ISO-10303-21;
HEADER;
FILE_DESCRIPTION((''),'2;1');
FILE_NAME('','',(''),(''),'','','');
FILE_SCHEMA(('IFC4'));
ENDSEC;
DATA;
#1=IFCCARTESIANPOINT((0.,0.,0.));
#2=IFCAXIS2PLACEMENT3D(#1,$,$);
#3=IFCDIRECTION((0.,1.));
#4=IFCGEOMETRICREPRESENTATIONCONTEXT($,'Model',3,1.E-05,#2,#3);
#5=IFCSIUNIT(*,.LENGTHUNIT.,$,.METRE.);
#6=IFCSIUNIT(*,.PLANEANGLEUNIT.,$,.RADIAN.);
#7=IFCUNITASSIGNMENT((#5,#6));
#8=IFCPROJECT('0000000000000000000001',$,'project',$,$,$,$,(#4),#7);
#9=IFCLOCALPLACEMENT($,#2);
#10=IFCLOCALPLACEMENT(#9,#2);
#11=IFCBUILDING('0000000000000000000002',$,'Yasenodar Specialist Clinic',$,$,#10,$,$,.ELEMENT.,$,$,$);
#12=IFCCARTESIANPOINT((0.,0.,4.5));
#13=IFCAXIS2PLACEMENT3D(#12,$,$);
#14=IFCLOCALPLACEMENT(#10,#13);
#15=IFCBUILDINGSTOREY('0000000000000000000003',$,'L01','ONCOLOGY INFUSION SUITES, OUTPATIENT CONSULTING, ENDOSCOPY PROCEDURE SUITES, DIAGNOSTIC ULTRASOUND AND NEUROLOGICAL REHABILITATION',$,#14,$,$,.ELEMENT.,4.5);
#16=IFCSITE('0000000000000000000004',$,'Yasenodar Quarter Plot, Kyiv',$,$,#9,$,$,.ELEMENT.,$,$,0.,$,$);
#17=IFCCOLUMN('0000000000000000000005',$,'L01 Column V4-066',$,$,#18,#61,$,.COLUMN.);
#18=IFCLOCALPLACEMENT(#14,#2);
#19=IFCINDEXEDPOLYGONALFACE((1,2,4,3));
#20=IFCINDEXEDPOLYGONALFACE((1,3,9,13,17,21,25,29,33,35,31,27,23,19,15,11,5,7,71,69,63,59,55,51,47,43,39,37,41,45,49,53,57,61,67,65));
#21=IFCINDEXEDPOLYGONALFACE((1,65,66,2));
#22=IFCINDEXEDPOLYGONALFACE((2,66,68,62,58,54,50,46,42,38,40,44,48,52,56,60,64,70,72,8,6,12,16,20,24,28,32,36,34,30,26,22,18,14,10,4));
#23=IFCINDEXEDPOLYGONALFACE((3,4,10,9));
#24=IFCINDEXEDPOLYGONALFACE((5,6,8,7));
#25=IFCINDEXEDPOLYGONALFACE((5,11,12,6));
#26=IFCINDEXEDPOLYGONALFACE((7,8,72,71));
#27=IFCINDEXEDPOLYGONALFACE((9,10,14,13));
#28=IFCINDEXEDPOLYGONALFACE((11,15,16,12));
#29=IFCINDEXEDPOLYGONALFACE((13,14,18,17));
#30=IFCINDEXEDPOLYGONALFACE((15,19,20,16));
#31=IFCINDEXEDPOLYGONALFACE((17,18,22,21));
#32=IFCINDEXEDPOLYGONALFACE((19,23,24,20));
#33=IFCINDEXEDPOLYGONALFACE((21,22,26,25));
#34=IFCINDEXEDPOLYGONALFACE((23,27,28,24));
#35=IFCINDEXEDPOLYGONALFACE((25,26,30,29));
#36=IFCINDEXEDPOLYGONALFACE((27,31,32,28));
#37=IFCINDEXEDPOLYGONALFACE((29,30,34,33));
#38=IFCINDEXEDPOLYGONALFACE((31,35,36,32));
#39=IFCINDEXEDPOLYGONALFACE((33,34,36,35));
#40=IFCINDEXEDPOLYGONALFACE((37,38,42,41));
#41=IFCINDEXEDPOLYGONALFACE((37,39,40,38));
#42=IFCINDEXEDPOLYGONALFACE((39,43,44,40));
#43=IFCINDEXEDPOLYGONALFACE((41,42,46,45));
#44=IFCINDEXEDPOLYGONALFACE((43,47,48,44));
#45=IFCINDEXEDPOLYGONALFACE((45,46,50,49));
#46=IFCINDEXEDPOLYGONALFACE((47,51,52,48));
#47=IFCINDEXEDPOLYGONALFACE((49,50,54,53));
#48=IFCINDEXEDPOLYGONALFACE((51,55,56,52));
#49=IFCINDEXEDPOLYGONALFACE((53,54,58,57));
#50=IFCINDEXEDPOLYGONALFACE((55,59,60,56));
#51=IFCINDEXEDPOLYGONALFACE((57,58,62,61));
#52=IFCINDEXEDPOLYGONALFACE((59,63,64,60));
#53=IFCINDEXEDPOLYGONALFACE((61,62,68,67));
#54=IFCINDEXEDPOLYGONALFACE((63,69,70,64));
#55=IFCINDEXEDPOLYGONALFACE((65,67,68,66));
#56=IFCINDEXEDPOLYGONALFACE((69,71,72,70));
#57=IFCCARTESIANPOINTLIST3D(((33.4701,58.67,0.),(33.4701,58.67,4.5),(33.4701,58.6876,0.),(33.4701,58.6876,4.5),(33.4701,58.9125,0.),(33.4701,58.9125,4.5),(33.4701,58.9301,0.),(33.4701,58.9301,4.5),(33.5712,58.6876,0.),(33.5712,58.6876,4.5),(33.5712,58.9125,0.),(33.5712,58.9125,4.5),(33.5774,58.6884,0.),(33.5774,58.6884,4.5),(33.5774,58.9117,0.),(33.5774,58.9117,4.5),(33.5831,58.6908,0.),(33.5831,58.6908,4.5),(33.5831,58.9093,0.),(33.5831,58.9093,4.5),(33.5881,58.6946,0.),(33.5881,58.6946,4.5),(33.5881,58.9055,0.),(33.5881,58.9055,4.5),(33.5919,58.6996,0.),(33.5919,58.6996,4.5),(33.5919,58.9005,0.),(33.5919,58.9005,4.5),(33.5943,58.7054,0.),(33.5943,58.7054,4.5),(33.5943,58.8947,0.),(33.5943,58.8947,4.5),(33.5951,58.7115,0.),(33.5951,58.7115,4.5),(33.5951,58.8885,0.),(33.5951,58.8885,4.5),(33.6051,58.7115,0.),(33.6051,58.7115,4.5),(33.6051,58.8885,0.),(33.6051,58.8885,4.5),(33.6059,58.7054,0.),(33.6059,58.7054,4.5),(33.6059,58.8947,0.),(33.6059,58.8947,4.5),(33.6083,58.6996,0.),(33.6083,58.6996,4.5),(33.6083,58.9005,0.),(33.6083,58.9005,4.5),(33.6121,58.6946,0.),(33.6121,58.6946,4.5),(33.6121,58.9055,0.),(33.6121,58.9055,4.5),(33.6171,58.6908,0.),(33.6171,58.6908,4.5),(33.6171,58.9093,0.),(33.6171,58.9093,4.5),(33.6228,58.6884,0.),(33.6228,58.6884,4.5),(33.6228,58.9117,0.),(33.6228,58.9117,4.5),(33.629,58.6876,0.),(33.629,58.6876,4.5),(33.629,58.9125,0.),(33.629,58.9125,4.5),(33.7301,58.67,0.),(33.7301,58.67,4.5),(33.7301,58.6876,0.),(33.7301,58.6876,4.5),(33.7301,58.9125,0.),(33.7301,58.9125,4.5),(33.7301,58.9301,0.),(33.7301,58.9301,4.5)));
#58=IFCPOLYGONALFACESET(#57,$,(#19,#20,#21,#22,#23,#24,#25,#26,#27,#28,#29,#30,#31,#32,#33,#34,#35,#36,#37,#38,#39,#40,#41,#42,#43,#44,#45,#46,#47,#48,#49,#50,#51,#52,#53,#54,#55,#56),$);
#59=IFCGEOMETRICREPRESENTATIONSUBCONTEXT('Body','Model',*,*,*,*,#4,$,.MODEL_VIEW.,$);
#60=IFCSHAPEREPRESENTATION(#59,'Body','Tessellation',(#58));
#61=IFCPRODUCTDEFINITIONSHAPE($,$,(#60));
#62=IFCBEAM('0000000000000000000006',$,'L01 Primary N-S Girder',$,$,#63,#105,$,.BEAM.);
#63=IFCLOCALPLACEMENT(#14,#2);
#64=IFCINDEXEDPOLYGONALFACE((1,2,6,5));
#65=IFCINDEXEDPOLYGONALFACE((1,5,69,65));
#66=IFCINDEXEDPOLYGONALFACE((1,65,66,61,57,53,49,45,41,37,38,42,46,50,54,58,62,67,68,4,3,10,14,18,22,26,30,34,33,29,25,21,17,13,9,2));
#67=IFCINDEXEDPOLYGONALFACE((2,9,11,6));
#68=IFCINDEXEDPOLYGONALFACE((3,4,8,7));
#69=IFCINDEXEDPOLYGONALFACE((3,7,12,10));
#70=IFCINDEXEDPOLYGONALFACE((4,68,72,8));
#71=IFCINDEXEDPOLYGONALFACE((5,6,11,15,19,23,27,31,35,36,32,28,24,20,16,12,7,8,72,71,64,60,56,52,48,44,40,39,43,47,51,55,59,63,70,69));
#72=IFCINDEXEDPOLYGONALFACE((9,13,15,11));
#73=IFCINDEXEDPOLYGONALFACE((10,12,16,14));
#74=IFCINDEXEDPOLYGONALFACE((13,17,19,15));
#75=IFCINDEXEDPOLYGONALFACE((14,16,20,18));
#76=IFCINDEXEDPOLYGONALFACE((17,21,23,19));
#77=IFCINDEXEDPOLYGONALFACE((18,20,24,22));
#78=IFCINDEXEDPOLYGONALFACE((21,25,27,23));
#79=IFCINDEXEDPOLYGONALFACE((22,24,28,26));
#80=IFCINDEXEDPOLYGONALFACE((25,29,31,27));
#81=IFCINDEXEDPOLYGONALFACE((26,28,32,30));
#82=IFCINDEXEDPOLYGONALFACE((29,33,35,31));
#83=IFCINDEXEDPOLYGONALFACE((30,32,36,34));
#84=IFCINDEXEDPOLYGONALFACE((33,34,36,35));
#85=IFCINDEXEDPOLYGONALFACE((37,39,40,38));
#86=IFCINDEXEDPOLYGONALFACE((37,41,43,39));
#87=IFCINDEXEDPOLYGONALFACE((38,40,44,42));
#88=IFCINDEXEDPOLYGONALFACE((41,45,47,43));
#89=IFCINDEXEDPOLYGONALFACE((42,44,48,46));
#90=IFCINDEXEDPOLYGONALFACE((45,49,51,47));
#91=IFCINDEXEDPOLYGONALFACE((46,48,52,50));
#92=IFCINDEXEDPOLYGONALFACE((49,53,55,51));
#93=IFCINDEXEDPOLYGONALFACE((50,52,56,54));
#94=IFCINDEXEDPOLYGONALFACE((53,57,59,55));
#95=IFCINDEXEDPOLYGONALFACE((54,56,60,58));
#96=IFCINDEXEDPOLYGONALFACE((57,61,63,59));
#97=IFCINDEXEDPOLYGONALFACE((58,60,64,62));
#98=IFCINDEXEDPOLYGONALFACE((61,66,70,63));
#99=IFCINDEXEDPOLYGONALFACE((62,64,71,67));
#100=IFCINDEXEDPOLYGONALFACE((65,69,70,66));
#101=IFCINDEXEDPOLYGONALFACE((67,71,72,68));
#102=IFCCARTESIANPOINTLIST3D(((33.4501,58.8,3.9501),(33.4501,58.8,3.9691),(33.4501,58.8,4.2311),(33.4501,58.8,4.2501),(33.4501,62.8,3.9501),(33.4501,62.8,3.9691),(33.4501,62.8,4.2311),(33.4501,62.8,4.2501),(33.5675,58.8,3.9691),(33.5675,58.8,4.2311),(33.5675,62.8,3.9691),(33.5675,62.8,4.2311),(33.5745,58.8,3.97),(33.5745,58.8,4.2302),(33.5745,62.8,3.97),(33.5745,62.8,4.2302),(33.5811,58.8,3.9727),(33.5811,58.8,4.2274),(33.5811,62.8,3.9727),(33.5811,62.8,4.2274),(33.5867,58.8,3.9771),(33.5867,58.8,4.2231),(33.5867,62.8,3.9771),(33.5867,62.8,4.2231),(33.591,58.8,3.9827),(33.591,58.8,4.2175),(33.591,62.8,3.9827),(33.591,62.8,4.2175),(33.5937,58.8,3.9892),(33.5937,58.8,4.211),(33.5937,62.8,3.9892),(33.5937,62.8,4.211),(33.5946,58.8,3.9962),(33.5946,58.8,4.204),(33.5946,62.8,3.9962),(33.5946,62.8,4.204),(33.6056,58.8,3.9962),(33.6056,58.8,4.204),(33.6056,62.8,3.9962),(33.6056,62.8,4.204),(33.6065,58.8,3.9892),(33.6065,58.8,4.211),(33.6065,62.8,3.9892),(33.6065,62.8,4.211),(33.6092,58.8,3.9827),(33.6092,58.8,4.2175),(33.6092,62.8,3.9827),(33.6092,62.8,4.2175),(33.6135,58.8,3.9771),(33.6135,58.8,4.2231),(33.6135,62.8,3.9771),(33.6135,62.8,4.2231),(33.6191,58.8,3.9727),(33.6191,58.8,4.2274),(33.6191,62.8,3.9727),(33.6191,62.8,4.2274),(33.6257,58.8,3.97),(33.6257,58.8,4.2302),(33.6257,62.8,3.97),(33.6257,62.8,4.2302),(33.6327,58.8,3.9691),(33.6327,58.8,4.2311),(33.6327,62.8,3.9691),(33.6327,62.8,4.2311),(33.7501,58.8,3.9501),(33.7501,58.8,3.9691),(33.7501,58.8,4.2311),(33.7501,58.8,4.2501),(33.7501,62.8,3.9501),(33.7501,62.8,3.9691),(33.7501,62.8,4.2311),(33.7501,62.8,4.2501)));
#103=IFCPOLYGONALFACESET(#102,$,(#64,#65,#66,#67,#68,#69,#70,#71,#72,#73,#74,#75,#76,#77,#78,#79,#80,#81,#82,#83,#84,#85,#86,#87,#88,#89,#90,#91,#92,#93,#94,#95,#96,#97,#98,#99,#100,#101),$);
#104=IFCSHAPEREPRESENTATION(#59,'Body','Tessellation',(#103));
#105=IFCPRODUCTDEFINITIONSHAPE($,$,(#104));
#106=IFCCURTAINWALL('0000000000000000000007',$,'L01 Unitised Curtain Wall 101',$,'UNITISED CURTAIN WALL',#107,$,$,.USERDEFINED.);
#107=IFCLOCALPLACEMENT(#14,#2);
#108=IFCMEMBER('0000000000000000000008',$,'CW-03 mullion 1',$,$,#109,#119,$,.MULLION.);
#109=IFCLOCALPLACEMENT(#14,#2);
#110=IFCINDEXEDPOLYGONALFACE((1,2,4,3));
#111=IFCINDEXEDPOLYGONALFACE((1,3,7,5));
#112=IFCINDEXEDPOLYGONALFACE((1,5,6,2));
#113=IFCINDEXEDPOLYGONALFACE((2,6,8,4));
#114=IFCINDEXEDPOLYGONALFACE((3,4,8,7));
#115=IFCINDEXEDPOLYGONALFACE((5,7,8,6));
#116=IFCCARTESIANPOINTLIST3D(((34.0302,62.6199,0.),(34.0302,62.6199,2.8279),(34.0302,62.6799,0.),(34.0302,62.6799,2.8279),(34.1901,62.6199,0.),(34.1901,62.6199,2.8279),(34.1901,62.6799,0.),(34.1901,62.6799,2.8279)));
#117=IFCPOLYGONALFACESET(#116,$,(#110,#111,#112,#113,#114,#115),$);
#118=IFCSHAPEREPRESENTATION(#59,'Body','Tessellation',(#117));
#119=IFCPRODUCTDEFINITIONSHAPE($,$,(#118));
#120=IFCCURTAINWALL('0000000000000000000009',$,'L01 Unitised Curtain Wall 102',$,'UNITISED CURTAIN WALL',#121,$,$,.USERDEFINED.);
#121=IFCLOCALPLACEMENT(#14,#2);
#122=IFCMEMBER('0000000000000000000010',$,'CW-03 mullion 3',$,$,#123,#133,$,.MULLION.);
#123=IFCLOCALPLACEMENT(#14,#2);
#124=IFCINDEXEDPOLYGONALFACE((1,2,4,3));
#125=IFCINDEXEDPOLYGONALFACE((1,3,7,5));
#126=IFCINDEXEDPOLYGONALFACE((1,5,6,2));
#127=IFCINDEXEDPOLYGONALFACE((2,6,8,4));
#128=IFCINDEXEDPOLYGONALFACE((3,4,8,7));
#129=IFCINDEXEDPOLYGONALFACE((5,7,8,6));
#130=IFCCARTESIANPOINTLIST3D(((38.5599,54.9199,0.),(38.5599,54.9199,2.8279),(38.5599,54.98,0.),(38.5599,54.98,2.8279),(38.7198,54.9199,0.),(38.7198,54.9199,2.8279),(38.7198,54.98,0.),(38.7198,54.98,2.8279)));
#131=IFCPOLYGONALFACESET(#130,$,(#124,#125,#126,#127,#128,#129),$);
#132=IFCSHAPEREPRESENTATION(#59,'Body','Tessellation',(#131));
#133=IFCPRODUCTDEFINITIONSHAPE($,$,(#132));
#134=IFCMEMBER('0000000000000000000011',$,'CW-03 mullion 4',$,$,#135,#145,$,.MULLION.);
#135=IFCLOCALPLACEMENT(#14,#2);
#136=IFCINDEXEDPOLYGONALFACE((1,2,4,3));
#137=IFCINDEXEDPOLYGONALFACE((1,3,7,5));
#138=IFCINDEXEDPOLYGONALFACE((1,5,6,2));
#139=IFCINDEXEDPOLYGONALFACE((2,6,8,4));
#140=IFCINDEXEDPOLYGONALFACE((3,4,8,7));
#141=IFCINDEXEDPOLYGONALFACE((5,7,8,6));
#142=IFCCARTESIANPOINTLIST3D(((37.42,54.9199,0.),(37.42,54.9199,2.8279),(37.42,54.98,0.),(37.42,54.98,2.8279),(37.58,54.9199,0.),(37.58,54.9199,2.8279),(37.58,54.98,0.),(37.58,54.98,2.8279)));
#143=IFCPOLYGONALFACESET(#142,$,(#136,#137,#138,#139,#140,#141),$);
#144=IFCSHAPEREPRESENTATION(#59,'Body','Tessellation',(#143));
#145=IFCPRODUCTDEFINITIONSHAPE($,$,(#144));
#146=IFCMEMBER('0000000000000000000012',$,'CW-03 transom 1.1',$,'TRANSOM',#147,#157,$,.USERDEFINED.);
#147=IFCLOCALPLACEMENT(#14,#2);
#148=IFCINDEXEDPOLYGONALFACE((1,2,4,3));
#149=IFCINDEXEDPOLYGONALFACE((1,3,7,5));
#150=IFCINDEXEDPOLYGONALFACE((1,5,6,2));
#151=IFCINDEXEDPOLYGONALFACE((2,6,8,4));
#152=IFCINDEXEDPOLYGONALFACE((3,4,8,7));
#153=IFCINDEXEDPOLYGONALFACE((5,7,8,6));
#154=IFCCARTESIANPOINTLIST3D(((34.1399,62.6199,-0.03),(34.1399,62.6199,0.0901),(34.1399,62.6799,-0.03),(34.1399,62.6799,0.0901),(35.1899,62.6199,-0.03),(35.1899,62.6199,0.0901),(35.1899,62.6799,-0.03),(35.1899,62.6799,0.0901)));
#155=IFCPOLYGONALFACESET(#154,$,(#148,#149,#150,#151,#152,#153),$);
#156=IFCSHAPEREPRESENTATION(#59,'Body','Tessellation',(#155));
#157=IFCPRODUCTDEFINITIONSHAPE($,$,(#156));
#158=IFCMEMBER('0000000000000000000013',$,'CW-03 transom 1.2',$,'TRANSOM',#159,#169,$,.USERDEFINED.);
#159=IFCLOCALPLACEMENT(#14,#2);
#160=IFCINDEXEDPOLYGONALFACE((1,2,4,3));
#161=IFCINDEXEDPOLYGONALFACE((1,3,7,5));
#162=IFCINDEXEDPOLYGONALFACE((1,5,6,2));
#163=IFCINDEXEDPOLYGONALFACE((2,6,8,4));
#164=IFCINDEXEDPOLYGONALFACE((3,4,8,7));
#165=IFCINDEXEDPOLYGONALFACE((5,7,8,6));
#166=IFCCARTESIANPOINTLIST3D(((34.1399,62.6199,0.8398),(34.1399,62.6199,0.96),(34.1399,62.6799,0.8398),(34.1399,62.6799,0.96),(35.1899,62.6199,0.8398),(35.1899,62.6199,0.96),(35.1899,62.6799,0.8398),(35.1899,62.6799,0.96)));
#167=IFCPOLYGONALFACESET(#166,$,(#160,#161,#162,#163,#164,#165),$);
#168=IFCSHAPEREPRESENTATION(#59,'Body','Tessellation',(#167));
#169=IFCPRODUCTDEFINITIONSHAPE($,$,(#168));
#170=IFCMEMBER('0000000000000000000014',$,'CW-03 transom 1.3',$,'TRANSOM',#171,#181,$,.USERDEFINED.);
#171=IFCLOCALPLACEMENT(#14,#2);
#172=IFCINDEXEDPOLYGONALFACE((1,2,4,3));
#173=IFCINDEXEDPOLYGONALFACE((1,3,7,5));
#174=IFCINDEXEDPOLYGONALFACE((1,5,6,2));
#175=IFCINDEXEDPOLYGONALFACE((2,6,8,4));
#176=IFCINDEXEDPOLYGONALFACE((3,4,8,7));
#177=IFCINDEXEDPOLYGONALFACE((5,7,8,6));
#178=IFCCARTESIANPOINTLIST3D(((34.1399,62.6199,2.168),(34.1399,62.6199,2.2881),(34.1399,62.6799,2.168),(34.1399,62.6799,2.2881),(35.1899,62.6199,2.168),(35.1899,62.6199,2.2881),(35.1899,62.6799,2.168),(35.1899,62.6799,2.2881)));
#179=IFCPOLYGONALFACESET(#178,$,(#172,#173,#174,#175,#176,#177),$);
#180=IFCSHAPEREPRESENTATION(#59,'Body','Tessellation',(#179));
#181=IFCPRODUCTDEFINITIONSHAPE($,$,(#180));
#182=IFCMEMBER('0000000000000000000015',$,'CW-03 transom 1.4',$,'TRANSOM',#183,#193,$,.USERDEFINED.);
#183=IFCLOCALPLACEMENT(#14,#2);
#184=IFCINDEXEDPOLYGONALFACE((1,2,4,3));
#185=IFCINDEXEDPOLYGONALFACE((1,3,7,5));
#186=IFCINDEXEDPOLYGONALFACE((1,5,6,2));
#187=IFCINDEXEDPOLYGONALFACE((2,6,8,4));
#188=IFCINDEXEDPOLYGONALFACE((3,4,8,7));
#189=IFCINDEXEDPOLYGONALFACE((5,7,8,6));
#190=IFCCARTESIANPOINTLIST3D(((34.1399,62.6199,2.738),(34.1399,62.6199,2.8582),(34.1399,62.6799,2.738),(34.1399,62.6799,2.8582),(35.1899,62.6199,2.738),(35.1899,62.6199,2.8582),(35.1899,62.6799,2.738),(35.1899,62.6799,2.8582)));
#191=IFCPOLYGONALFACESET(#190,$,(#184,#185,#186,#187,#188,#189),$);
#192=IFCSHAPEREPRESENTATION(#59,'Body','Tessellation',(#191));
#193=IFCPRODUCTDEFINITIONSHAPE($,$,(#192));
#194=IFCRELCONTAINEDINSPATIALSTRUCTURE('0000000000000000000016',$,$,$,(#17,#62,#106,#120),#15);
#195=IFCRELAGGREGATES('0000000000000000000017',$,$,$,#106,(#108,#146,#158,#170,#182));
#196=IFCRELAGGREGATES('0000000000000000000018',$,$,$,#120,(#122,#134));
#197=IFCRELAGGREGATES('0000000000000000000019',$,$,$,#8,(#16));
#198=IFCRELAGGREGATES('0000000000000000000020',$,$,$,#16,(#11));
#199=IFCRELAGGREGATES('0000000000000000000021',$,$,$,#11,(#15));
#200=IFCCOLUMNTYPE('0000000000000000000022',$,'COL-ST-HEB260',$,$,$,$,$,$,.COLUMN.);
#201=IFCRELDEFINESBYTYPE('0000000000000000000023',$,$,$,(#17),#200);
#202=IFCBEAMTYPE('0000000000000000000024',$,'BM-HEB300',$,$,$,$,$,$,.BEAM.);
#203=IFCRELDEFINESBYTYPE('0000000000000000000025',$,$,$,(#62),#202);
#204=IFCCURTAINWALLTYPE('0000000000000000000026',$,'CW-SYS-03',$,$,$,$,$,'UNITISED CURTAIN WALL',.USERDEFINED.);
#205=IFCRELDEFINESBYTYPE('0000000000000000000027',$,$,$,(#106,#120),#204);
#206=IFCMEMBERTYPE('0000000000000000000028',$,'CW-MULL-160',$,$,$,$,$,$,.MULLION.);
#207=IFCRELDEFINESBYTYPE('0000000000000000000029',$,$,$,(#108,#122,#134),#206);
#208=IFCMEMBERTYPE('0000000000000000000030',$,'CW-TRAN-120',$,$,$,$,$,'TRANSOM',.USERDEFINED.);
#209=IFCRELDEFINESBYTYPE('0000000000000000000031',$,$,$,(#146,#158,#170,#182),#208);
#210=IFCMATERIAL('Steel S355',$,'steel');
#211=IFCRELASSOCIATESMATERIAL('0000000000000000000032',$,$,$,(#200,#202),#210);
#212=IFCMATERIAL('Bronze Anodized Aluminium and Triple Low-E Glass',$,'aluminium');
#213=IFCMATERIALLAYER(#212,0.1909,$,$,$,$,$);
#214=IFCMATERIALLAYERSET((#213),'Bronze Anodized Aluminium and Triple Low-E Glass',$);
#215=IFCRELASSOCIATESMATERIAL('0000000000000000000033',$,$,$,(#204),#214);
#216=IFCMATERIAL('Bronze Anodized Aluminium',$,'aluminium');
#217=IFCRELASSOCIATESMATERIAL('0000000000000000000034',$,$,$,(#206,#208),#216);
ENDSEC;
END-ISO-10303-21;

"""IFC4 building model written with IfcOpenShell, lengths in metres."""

from ifc_helpers import new_model, si_unit, direction, frame, origin, origin_2d, place, context, subcontext, project, spatial, rectangle, i_section, extrude, material, layer, layer_set, material_profile, profile_set, type_object, element, aggregate, save


model = new_model("IFC4")

# Units and contexts
model_context = context("Model", 3, precision=1e-05, world=origin(), true_north=direction((0.0, 1.0)))
body_context = subcontext(model_context, "Body", "Model", "MODEL_VIEW")
ifc_project = project(units=[si_unit("LENGTHUNIT", "METRE"), si_unit("PLANEANGLEUNIT", "RADIAN")], contexts=[model_context])

# Site, building, storey
site_placement = place(None, origin())
site = spatial("IfcSite", under=ifc_project, at=site_placement, Name="Yasenodar Quarter Plot, Kyiv", CompositionType="ELEMENT", RefElevation=0.0)
building_placement = place(site_placement, origin())
building = spatial("IfcBuilding", under=site, at=building_placement, Name="Yasenodar Specialist Clinic", CompositionType="ELEMENT")
storey_placement = place(building_placement, frame((0.0, 0.0, 4.5)))
storey = spatial("IfcBuildingStorey", under=building, at=storey_placement, Name="L01", Description="ONCOLOGY INFUSION SUITES, OUTPATIENT CONSULTING, ENDOSCOPY PROCEDURE SUITES, DIAGNOSTIC ULTRASOUND AND NEUROLOGICAL REHABILITATION", CompositionType="ELEMENT", Elevation=4.5)

# Column
ifc_material_1 = material(Name="Steel S355", Category="steel")
ifc_material_profile_1 = material_profile(ifc_material_1, i_section(OverallWidth=0.26, OverallDepth=0.26, WebThickness=0.01, FlangeThickness=0.0176, FilletRadius=0.0239, at=origin_2d()), Name="HEB 260")
ifc_profile_set_1 = profile_set([ifc_material_profile_1], Name="Steel S355")
column_type = type_object("IfcColumnType", Name="COL-ST-HEB260", PredefinedType="COLUMN", material=ifc_profile_set_1)
column_placement = place(storey_placement, frame((33.6001, 58.8, 0.0), z_axis=(0.0, 0.0, 1.0), x_axis=(1.0, 0.0, 0.0)))
element("IfcColumn", 1, at=column_placement, inside=storey, type_object=column_type, Name="L01 Column V4-066", PredefinedType="COLUMN", context=body_context, shape_type="SweptSolid", body=[
    extrude(i_section(OverallWidth=0.26, OverallDepth=0.26, WebThickness=0.01, FlangeThickness=0.0176, FilletRadius=0.0239, at=origin_2d()), origin(), (0.0, 0.0, 1.0), 4.5),
])

# Beam
ifc_material_profile_2 = material_profile(ifc_material_1, i_section(OverallWidth=0.3, OverallDepth=0.3, WebThickness=0.011, FlangeThickness=0.019, FilletRadius=0.0271, at=origin_2d()), Name="HEB 300")
ifc_profile_set_2 = profile_set([ifc_material_profile_2], Name="Steel S355")
beam_type = type_object("IfcBeamType", Name="BM-HEB300", PredefinedType="BEAM", material=ifc_profile_set_2)
beam_placement = place(storey_placement, frame((33.6001, 58.8, 4.1001), z_axis=(0.0, 1.0, 0.0), x_axis=(-1.0, 0.0, 0.0)))
element("IfcBeam", 2, at=beam_placement, inside=storey, type_object=beam_type, Name="L01 Primary N-S Girder", PredefinedType="BEAM", context=body_context, shape_type="SweptSolid", body=[
    extrude(i_section(OverallWidth=0.3, OverallDepth=0.3, WebThickness=0.011, FlangeThickness=0.019, FilletRadius=0.0271, at=origin_2d()), origin(), (0.0, 0.0, 1.0), 4.0),
])

# Curtain wall, member
ifc_material_2 = material(Name="Bronze Anodized Aluminium and Triple Low-E Glass", Category="aluminium")
ifc_layer_1 = layer(ifc_material_2, 0.1909)
ifc_layer_set_1 = layer_set([ifc_layer_1], Name="Bronze Anodized Aluminium and Triple Low-E Glass")
curtain_wall_type = type_object("IfcCurtainWallType", Name="CW-SYS-03", ElementType="UNITISED CURTAIN WALL", PredefinedType="USERDEFINED", material=ifc_layer_set_1)
curtain_wall_1_placement = place(storey_placement, origin())
curtain_wall_1 = element("IfcCurtainWall", 3, at=curtain_wall_1_placement, inside=storey, type_object=curtain_wall_type, Name="L01 Unitised Curtain Wall 101", ObjectType="UNITISED CURTAIN WALL", PredefinedType="USERDEFINED")
ifc_material_3 = material(Name="Bronze Anodized Aluminium", Category="aluminium")
ifc_material_profile_3 = material_profile(ifc_material_3, rectangle(XDim=0.0601, YDim=0.1599, at=origin_2d()), Name="CW-MULL 60x160")
ifc_profile_set_3 = profile_set([ifc_material_profile_3], Name="Bronze Anodized Aluminium")
member_type_1 = type_object("IfcMemberType", Name="CW-MULL-160", PredefinedType="MULLION", material=ifc_profile_set_3)
member_1_placement = place(storey_placement, frame((34.1101, 62.6499, 0.0), z_axis=(0.0, 0.0, 1.0), x_axis=(0.0, 1.0, 0.0)))
member_1 = element("IfcMember", 4, at=member_1_placement, type_object=member_type_1, Name="CW-03 mullion 1", PredefinedType="MULLION", context=body_context, shape_type="SweptSolid", body=[
    extrude(rectangle(XDim=0.0601, YDim=0.1599, at=origin_2d()), origin(), (0.0, 0.0, 1.0), 2.8279),
])

# Curtain wall, members
curtain_wall_2_placement = place(storey_placement, origin())
curtain_wall_2 = element("IfcCurtainWall", 5, at=curtain_wall_2_placement, inside=storey, type_object=curtain_wall_type, Name="L01 Unitised Curtain Wall 102", ObjectType="UNITISED CURTAIN WALL", PredefinedType="USERDEFINED")
member_2_placement = place(storey_placement, frame((38.6399, 54.95, 0.0), z_axis=(0.0, 0.0, 1.0), x_axis=(0.0, -1.0, 0.0)))
member_2 = element("IfcMember", 6, at=member_2_placement, type_object=member_type_1, Name="CW-03 mullion 3", PredefinedType="MULLION", context=body_context, shape_type="SweptSolid", body=[
    extrude(rectangle(XDim=0.0601, YDim=0.1599, at=origin_2d()), origin(), (0.0, 0.0, 1.0), 2.8279),
])
member_3_placement = place(storey_placement, frame((37.5, 54.95, 0.0), z_axis=(0.0, 0.0, 1.0), x_axis=(0.0, -1.0, 0.0)))
member_3 = element("IfcMember", 7, at=member_3_placement, type_object=member_type_1, Name="CW-03 mullion 4", PredefinedType="MULLION", context=body_context, shape_type="SweptSolid", body=[
    extrude(rectangle(XDim=0.0601, YDim=0.1599, at=origin_2d()), origin(), (0.0, 0.0, 1.0), 2.8279),
])

# Members
ifc_material_profile_4 = material_profile(ifc_material_3, rectangle(XDim=0.0601, YDim=0.1201, at=origin_2d()), Name="CW-TRAN 60x120")
ifc_profile_set_4 = profile_set([ifc_material_profile_4], Name="Bronze Anodized Aluminium")
member_type_2 = type_object("IfcMemberType", Name="CW-TRAN-120", ElementType="TRANSOM", PredefinedType="USERDEFINED", material=ifc_profile_set_4)
member_4_placement = place(storey_placement, frame((34.1399, 62.6499, 0.03), z_axis=(1.0, 0.0, 0.0), x_axis=(0.0, 1.0, 0.0)))
member_4 = element("IfcMember", 8, at=member_4_placement, type_object=member_type_2, Name="CW-03 transom 1.1", ObjectType="TRANSOM", PredefinedType="USERDEFINED", context=body_context, shape_type="SweptSolid", body=[
    extrude(rectangle(XDim=0.0601, YDim=0.1201, at=origin_2d()), origin(), (0.0, 0.0, 1.0), 1.05),
])
member_5_placement = place(storey_placement, frame((34.1399, 62.6499, 0.8999), z_axis=(1.0, 0.0, 0.0), x_axis=(0.0, 1.0, 0.0)))
member_5 = element("IfcMember", 9, at=member_5_placement, type_object=member_type_2, Name="CW-03 transom 1.2", ObjectType="TRANSOM", PredefinedType="USERDEFINED", context=body_context, shape_type="SweptSolid", body=[
    extrude(rectangle(XDim=0.0601, YDim=0.1201, at=origin_2d()), origin(), (0.0, 0.0, 1.0), 1.05),
])
member_6_placement = place(storey_placement, frame((34.1399, 62.6499, 2.228), z_axis=(1.0, 0.0, 0.0), x_axis=(0.0, 1.0, 0.0)))
member_6 = element("IfcMember", 10, at=member_6_placement, type_object=member_type_2, Name="CW-03 transom 1.3", ObjectType="TRANSOM", PredefinedType="USERDEFINED", context=body_context, shape_type="SweptSolid", body=[
    extrude(rectangle(XDim=0.0601, YDim=0.1201, at=origin_2d()), origin(), (0.0, 0.0, 1.0), 1.05),
])
member_7_placement = place(storey_placement, frame((34.1399, 62.6499, 2.7981), z_axis=(1.0, 0.0, 0.0), x_axis=(0.0, 1.0, 0.0)))
member_7 = element("IfcMember", 11, at=member_7_placement, type_object=member_type_2, Name="CW-03 transom 1.4", ObjectType="TRANSOM", PredefinedType="USERDEFINED", context=body_context, shape_type="SweptSolid", body=[
    extrude(rectangle(XDim=0.0601, YDim=0.1201, at=origin_2d()), origin(), (0.0, 0.0, 1.0), 1.05),
])

aggregate(curtain_wall_1, [member_1, member_4, member_5, member_6, member_7])
aggregate(curtain_wall_2, [member_2, member_3])

save(model, "model.ifc")
